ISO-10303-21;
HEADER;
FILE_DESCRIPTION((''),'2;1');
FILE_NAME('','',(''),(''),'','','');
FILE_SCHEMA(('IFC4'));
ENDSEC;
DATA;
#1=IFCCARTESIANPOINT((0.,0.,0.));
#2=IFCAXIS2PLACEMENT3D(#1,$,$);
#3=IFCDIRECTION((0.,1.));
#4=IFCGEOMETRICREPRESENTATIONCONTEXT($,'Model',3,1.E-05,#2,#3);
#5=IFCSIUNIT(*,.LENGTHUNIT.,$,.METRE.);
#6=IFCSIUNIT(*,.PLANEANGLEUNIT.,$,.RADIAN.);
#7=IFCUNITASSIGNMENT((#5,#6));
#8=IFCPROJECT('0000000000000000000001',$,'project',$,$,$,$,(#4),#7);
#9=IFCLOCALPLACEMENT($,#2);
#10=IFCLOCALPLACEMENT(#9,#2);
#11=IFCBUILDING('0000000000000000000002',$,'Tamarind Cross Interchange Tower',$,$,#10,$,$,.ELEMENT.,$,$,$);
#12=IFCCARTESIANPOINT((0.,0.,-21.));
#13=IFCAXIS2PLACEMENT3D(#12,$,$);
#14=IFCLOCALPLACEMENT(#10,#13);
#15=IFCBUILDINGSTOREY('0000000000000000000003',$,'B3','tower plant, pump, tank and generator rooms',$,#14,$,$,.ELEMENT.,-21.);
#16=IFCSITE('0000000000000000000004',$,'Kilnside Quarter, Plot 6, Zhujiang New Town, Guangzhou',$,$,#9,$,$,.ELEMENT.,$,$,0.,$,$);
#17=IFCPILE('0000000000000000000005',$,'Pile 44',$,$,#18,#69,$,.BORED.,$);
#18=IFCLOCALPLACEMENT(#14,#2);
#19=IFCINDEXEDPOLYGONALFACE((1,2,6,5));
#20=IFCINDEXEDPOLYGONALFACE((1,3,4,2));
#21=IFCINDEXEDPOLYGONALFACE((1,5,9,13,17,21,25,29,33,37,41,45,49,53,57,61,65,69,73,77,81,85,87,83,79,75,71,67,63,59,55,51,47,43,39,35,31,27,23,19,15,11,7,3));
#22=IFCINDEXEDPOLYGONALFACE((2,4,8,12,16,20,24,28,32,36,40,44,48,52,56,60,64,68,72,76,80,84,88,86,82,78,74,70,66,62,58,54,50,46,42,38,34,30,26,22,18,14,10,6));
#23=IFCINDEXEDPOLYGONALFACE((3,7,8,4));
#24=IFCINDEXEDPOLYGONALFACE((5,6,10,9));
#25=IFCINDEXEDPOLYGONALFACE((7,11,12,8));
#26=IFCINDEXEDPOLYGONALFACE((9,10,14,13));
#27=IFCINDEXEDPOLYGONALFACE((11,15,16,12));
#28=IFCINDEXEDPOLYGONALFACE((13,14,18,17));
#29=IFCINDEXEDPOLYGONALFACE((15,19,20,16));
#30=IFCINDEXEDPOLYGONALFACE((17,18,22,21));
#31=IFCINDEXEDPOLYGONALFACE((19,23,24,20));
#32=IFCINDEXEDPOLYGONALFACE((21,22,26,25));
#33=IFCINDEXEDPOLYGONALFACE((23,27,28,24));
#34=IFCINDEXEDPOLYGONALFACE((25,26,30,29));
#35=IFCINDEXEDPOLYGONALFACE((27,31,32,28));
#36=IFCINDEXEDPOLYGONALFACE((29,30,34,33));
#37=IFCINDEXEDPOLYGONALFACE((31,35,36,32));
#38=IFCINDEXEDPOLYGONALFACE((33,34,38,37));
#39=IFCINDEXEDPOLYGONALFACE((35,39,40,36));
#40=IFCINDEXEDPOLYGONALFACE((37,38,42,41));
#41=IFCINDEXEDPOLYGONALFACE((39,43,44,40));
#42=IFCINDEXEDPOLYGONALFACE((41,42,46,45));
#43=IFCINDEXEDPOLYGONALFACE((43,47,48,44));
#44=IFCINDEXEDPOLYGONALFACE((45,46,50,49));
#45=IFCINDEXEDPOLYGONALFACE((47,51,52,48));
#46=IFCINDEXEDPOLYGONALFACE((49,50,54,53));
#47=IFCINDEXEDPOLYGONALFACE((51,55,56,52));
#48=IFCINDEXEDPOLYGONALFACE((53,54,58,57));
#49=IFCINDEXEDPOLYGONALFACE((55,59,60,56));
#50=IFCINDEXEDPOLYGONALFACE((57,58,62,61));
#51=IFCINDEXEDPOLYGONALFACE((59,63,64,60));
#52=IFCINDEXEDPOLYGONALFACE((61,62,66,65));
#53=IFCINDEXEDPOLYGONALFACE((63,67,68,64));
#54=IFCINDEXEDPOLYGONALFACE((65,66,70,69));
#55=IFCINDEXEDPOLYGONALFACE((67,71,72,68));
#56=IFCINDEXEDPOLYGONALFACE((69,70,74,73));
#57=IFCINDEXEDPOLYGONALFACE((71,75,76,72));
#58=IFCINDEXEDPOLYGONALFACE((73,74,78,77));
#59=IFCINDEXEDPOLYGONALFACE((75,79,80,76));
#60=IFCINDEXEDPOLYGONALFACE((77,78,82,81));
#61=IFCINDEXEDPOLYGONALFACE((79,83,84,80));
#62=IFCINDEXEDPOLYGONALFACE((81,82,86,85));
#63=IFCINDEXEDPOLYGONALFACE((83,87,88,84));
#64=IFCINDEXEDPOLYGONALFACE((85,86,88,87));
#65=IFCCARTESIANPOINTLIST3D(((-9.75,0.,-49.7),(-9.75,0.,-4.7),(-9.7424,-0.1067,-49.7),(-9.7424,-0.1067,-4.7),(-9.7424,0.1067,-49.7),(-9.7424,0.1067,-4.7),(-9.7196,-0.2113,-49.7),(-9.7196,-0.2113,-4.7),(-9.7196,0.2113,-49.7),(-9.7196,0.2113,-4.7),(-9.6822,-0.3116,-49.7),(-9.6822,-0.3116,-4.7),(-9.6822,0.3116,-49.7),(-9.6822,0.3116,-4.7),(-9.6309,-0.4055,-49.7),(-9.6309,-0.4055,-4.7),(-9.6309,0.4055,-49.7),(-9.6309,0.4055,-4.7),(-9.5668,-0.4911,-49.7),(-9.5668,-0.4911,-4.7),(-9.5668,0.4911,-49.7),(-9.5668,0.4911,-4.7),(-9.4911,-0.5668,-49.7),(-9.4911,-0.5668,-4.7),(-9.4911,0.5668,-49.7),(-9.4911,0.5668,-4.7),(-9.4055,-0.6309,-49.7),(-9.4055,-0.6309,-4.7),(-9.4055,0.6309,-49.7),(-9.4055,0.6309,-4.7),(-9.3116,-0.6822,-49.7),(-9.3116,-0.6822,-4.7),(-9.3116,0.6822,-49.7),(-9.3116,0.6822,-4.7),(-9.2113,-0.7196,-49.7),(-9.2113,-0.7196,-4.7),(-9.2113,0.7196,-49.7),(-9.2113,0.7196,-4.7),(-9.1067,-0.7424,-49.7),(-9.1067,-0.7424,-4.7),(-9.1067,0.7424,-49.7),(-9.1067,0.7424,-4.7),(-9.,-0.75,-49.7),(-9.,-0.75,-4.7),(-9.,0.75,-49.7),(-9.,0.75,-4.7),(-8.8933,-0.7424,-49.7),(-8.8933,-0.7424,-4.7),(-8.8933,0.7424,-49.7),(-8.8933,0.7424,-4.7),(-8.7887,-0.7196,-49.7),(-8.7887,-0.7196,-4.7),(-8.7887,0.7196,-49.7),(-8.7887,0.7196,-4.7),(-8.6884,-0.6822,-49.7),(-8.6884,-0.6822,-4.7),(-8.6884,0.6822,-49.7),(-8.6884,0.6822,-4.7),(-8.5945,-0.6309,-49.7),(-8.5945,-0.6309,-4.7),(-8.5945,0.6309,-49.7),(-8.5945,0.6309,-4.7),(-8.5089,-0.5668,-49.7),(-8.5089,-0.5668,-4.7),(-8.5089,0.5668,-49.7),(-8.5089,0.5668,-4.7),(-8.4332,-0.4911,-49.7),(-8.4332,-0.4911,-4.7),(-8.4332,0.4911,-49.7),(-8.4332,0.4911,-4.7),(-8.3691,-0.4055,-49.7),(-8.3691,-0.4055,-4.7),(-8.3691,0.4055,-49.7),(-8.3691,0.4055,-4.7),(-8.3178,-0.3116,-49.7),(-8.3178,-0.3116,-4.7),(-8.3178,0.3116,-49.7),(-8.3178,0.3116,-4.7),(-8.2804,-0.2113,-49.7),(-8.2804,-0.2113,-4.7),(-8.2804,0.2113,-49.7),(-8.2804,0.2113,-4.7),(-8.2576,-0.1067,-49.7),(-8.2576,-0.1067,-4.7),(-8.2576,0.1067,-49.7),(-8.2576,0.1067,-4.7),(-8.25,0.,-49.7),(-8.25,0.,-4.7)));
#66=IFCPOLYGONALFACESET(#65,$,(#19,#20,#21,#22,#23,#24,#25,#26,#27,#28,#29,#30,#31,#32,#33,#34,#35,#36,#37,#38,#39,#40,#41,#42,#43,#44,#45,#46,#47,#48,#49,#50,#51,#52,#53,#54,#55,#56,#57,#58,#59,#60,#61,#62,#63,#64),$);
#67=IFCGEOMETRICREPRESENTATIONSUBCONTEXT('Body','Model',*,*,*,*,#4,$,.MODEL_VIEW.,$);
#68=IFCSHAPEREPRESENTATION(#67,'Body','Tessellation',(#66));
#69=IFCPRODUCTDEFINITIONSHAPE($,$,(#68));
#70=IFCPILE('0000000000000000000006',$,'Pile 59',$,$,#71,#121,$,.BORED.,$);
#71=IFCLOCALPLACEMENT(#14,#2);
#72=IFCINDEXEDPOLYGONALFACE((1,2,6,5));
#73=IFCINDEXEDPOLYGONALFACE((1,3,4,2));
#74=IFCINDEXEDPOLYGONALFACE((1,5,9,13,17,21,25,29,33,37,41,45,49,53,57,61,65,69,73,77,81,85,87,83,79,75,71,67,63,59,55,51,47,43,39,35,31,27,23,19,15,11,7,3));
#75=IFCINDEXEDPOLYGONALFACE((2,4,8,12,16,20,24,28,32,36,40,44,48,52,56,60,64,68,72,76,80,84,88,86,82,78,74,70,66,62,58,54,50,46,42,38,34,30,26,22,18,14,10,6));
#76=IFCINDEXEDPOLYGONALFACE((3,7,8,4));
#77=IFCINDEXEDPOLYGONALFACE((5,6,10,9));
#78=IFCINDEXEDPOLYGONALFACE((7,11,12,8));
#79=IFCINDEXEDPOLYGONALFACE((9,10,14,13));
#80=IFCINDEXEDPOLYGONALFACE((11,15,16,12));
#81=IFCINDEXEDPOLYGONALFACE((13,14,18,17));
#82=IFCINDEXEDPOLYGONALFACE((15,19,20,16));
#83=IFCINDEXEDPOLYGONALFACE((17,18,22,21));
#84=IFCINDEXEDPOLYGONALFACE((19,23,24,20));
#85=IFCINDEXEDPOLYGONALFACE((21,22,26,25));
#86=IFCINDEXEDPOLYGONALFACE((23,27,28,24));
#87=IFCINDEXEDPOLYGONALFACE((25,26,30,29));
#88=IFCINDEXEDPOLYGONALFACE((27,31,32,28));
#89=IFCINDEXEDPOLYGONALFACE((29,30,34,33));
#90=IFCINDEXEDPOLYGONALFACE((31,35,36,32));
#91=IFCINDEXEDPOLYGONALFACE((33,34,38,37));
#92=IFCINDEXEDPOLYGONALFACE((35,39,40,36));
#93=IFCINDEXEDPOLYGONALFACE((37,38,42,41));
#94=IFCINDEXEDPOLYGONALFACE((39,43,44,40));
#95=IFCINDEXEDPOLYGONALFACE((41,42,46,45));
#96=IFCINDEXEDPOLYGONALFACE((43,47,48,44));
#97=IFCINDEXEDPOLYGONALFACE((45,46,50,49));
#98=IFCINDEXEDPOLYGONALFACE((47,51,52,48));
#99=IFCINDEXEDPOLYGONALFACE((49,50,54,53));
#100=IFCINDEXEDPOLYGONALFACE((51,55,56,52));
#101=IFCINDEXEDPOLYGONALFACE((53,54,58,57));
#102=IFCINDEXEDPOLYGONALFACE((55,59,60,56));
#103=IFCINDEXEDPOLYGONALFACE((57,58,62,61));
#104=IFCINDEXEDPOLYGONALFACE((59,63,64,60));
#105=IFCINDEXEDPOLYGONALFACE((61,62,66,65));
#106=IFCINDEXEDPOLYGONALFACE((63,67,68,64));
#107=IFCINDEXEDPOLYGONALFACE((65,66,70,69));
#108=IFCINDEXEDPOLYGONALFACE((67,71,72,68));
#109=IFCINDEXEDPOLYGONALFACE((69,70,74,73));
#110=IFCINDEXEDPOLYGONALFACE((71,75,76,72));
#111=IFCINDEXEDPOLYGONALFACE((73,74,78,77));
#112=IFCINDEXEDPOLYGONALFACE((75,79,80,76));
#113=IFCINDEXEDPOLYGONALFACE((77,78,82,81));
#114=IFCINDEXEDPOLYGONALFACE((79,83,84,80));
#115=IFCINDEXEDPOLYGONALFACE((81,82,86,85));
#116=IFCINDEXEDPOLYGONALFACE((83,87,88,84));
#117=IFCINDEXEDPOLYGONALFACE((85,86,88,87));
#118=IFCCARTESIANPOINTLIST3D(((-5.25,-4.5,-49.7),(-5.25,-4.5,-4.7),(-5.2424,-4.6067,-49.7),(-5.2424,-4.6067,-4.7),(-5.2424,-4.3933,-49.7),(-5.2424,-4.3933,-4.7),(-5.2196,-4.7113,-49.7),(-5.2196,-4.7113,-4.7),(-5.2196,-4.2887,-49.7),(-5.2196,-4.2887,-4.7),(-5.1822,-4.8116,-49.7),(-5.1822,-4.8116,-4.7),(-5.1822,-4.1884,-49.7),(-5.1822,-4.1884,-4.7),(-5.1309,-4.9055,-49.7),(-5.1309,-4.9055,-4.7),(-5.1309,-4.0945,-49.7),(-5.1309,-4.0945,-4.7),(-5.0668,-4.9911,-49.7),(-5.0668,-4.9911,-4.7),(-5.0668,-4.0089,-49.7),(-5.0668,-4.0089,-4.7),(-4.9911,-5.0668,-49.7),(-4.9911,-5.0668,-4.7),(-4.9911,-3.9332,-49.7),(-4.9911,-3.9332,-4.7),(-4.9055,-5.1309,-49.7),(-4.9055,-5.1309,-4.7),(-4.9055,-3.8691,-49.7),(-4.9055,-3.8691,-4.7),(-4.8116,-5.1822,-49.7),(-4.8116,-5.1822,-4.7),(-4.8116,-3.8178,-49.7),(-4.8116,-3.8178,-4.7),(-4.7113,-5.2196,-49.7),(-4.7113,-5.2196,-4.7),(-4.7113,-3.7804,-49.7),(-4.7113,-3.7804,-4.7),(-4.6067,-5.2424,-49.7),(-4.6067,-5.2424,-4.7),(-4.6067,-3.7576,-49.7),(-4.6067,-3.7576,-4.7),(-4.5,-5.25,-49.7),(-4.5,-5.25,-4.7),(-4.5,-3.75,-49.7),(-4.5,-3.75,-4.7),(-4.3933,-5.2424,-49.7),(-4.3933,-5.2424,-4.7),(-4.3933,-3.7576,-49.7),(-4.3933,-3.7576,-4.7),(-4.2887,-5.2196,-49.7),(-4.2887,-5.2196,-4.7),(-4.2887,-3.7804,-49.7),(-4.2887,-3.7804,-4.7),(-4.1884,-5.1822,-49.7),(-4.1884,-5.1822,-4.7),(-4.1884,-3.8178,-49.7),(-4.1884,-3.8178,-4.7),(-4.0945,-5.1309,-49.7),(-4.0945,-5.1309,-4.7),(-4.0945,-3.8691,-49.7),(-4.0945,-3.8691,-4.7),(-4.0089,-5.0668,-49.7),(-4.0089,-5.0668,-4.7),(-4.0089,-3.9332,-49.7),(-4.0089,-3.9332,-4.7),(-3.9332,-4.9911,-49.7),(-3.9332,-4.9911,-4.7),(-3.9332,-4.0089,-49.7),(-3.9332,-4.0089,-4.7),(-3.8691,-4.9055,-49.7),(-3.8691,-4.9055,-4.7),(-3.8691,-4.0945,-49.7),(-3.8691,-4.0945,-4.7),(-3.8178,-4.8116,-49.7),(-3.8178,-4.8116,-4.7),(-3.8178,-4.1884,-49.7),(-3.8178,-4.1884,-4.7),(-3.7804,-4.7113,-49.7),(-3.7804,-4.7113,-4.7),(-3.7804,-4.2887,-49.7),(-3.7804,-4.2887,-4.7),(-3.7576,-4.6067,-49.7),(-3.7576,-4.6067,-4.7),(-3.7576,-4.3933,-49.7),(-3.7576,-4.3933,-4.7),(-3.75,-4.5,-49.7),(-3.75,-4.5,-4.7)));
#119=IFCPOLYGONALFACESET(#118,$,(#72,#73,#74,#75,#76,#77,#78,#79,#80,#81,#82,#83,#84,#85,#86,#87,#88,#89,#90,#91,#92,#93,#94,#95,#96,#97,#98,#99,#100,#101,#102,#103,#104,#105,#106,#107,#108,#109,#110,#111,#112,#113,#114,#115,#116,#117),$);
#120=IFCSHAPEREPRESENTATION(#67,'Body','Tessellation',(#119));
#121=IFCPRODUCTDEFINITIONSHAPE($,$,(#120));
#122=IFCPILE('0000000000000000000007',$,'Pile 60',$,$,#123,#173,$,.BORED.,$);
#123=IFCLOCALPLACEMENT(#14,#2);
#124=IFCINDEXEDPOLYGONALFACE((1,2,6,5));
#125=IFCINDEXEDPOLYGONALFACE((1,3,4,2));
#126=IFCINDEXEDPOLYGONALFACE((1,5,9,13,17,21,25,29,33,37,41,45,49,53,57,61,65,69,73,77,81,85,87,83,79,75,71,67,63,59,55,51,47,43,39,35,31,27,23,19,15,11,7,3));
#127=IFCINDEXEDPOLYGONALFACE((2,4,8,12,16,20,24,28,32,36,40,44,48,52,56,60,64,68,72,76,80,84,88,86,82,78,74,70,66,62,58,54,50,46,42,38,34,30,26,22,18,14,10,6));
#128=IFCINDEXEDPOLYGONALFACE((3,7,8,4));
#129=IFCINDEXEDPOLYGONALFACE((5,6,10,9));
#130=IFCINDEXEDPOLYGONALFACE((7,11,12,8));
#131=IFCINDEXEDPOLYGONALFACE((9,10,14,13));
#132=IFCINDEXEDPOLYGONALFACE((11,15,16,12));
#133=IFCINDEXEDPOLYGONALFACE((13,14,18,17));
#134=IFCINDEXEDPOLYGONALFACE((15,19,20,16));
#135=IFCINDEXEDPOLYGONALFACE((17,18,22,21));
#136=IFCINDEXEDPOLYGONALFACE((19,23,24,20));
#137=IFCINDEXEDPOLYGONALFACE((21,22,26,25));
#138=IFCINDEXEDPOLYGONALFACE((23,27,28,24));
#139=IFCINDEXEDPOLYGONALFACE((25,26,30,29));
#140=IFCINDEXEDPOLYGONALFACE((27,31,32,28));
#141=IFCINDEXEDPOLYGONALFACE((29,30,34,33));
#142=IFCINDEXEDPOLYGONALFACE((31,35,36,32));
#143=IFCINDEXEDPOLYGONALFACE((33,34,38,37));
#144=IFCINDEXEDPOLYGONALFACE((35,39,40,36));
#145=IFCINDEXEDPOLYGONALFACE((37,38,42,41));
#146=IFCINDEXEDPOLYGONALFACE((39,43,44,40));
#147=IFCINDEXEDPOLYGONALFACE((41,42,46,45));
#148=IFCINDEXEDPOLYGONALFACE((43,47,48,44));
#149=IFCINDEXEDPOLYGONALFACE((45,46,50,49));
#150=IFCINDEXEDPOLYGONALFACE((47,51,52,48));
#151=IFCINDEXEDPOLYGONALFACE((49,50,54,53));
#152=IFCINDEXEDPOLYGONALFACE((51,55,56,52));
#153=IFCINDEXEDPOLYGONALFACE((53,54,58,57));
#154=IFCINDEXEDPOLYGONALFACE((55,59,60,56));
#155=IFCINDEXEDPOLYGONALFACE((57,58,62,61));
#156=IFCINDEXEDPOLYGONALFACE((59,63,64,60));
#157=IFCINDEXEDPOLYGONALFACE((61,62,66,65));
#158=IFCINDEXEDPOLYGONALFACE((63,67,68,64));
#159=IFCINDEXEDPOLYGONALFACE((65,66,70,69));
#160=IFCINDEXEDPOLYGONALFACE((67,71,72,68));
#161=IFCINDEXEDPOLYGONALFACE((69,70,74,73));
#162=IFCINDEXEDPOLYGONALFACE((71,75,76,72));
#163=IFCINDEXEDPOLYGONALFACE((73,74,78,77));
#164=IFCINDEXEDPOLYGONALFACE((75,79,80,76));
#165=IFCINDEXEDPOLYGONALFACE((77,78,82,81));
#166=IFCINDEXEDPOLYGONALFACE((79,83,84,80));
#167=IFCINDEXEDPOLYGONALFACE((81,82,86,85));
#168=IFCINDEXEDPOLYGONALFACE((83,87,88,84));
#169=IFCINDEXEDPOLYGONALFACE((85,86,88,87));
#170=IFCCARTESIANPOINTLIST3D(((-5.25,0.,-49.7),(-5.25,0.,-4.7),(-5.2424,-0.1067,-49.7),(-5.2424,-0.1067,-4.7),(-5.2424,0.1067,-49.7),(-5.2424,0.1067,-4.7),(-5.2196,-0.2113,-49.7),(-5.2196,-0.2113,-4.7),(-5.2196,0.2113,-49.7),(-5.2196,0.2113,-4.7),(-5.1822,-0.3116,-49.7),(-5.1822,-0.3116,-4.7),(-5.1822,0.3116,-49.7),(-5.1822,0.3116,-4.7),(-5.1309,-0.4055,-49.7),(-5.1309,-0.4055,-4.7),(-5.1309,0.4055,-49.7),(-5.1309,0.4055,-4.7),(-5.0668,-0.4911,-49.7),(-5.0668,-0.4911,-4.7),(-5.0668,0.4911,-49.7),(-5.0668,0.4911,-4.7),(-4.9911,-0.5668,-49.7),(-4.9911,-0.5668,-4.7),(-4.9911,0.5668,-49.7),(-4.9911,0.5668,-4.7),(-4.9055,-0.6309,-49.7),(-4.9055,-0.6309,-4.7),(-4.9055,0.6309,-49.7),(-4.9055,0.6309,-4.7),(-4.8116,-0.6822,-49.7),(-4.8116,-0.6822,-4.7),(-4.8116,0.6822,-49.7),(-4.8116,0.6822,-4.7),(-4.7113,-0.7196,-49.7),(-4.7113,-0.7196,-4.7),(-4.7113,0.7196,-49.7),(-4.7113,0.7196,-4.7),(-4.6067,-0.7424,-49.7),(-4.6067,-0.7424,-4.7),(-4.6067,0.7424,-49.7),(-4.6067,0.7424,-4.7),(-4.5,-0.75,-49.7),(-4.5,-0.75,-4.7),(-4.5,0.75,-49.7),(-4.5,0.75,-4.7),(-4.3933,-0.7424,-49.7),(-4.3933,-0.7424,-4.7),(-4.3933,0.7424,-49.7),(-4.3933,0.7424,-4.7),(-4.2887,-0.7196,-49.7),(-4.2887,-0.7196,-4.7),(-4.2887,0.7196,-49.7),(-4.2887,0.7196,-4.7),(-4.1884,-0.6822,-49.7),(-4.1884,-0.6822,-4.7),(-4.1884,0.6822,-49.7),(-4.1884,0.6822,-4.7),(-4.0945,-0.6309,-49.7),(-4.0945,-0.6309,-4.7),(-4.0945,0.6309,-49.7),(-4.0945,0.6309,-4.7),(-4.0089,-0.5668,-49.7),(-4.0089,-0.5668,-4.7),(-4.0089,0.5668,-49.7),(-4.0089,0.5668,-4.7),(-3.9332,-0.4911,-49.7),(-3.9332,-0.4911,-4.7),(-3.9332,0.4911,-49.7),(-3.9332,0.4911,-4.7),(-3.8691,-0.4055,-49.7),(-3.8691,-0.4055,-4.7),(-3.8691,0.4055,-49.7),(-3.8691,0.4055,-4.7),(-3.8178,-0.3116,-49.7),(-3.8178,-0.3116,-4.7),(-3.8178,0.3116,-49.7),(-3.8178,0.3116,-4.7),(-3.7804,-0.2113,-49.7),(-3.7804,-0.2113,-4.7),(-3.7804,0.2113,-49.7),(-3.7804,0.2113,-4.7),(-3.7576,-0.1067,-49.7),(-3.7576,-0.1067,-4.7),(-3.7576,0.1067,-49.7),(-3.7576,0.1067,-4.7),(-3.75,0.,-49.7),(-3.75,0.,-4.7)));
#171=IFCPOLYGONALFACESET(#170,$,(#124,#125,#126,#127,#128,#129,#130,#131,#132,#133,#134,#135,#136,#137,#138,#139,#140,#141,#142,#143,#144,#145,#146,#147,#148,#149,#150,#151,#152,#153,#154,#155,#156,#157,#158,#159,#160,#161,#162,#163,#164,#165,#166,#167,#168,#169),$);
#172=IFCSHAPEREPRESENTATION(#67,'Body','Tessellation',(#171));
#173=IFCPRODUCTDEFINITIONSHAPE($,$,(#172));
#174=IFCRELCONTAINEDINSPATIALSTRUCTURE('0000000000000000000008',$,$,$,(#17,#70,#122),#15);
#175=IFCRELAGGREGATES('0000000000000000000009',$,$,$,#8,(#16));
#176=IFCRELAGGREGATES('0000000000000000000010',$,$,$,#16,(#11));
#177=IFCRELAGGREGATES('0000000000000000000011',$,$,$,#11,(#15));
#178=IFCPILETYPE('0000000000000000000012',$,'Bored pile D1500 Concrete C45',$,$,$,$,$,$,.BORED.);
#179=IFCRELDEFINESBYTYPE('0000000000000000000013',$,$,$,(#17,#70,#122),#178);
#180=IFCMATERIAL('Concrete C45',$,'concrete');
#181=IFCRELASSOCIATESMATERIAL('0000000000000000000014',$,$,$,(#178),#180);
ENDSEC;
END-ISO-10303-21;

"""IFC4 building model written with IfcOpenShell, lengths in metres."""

from ifc_helpers import new_model, si_unit, direction, frame, origin, origin_2d, place, context, subcontext, project, spatial, circle, extrude, material, material_profile, profile_set, type_object, element, save


model = new_model("IFC4")

# Units and contexts
model_context = context("Model", 3, precision=1e-05, world=origin(), true_north=direction((0.0, 1.0)))
body_context = subcontext(model_context, "Body", "Model", "MODEL_VIEW")
ifc_project = project(units=[si_unit("LENGTHUNIT", "METRE"), si_unit("PLANEANGLEUNIT", "RADIAN")], contexts=[model_context])

# Site, building, storey
site_placement = place(None, origin())
site = spatial("IfcSite", under=ifc_project, at=site_placement, Name="Kilnside Quarter, Plot 6, Zhujiang New Town, Guangzhou", CompositionType="ELEMENT", RefElevation=0.0)
building_placement = place(site_placement, origin())
building = spatial("IfcBuilding", under=site, at=building_placement, Name="Tamarind Cross Interchange Tower", CompositionType="ELEMENT")
storey_placement = place(building_placement, frame((0.0, 0.0, -21.0)))
storey = spatial("IfcBuildingStorey", under=building, at=storey_placement, Name="B3", Description="tower plant, pump, tank and generator rooms", CompositionType="ELEMENT", Elevation=-21.0)

# Piles
ifc_material_1 = material(Name="Concrete C45", Category="concrete")
ifc_material_profile = material_profile(ifc_material_1, circle(Radius=0.75, at=origin_2d()), Name="RC D1500")
ifc_profile_set = profile_set([ifc_material_profile], Name="Concrete C45")
pile_type = type_object("IfcPileType", Name="Bored pile D1500 Concrete C45", PredefinedType="BORED", material=ifc_profile_set)
for number, where, z_axis, x_axis, name in (
    (1, (-9.0, 0.0, -4.7), (0.0, 0.0, -1.0), (1.0, 0.0, 0.0), "Pile 44"),
    (2, (-4.5, -4.5, -4.7), (0.0, 0.0, -1.0), (1.0, 0.0, 0.0), "Pile 59"),
    (3, (-4.5, 0.0, -4.7), (0.0, 0.0, -1.0), (1.0, 0.0, 0.0), "Pile 60"),
):
    element("IfcPile", number, at=place(storey_placement, frame(where, z_axis=z_axis, x_axis=x_axis)), inside=storey, type_object=pile_type, Name=name, PredefinedType="BORED", context=body_context, shape_type="SweptSolid", body=[
        extrude(circle(Radius=0.75, at=origin_2d()), origin(), (0.0, 0.0, 1.0), 45.0),
    ])

save(model, "model.ifc")
